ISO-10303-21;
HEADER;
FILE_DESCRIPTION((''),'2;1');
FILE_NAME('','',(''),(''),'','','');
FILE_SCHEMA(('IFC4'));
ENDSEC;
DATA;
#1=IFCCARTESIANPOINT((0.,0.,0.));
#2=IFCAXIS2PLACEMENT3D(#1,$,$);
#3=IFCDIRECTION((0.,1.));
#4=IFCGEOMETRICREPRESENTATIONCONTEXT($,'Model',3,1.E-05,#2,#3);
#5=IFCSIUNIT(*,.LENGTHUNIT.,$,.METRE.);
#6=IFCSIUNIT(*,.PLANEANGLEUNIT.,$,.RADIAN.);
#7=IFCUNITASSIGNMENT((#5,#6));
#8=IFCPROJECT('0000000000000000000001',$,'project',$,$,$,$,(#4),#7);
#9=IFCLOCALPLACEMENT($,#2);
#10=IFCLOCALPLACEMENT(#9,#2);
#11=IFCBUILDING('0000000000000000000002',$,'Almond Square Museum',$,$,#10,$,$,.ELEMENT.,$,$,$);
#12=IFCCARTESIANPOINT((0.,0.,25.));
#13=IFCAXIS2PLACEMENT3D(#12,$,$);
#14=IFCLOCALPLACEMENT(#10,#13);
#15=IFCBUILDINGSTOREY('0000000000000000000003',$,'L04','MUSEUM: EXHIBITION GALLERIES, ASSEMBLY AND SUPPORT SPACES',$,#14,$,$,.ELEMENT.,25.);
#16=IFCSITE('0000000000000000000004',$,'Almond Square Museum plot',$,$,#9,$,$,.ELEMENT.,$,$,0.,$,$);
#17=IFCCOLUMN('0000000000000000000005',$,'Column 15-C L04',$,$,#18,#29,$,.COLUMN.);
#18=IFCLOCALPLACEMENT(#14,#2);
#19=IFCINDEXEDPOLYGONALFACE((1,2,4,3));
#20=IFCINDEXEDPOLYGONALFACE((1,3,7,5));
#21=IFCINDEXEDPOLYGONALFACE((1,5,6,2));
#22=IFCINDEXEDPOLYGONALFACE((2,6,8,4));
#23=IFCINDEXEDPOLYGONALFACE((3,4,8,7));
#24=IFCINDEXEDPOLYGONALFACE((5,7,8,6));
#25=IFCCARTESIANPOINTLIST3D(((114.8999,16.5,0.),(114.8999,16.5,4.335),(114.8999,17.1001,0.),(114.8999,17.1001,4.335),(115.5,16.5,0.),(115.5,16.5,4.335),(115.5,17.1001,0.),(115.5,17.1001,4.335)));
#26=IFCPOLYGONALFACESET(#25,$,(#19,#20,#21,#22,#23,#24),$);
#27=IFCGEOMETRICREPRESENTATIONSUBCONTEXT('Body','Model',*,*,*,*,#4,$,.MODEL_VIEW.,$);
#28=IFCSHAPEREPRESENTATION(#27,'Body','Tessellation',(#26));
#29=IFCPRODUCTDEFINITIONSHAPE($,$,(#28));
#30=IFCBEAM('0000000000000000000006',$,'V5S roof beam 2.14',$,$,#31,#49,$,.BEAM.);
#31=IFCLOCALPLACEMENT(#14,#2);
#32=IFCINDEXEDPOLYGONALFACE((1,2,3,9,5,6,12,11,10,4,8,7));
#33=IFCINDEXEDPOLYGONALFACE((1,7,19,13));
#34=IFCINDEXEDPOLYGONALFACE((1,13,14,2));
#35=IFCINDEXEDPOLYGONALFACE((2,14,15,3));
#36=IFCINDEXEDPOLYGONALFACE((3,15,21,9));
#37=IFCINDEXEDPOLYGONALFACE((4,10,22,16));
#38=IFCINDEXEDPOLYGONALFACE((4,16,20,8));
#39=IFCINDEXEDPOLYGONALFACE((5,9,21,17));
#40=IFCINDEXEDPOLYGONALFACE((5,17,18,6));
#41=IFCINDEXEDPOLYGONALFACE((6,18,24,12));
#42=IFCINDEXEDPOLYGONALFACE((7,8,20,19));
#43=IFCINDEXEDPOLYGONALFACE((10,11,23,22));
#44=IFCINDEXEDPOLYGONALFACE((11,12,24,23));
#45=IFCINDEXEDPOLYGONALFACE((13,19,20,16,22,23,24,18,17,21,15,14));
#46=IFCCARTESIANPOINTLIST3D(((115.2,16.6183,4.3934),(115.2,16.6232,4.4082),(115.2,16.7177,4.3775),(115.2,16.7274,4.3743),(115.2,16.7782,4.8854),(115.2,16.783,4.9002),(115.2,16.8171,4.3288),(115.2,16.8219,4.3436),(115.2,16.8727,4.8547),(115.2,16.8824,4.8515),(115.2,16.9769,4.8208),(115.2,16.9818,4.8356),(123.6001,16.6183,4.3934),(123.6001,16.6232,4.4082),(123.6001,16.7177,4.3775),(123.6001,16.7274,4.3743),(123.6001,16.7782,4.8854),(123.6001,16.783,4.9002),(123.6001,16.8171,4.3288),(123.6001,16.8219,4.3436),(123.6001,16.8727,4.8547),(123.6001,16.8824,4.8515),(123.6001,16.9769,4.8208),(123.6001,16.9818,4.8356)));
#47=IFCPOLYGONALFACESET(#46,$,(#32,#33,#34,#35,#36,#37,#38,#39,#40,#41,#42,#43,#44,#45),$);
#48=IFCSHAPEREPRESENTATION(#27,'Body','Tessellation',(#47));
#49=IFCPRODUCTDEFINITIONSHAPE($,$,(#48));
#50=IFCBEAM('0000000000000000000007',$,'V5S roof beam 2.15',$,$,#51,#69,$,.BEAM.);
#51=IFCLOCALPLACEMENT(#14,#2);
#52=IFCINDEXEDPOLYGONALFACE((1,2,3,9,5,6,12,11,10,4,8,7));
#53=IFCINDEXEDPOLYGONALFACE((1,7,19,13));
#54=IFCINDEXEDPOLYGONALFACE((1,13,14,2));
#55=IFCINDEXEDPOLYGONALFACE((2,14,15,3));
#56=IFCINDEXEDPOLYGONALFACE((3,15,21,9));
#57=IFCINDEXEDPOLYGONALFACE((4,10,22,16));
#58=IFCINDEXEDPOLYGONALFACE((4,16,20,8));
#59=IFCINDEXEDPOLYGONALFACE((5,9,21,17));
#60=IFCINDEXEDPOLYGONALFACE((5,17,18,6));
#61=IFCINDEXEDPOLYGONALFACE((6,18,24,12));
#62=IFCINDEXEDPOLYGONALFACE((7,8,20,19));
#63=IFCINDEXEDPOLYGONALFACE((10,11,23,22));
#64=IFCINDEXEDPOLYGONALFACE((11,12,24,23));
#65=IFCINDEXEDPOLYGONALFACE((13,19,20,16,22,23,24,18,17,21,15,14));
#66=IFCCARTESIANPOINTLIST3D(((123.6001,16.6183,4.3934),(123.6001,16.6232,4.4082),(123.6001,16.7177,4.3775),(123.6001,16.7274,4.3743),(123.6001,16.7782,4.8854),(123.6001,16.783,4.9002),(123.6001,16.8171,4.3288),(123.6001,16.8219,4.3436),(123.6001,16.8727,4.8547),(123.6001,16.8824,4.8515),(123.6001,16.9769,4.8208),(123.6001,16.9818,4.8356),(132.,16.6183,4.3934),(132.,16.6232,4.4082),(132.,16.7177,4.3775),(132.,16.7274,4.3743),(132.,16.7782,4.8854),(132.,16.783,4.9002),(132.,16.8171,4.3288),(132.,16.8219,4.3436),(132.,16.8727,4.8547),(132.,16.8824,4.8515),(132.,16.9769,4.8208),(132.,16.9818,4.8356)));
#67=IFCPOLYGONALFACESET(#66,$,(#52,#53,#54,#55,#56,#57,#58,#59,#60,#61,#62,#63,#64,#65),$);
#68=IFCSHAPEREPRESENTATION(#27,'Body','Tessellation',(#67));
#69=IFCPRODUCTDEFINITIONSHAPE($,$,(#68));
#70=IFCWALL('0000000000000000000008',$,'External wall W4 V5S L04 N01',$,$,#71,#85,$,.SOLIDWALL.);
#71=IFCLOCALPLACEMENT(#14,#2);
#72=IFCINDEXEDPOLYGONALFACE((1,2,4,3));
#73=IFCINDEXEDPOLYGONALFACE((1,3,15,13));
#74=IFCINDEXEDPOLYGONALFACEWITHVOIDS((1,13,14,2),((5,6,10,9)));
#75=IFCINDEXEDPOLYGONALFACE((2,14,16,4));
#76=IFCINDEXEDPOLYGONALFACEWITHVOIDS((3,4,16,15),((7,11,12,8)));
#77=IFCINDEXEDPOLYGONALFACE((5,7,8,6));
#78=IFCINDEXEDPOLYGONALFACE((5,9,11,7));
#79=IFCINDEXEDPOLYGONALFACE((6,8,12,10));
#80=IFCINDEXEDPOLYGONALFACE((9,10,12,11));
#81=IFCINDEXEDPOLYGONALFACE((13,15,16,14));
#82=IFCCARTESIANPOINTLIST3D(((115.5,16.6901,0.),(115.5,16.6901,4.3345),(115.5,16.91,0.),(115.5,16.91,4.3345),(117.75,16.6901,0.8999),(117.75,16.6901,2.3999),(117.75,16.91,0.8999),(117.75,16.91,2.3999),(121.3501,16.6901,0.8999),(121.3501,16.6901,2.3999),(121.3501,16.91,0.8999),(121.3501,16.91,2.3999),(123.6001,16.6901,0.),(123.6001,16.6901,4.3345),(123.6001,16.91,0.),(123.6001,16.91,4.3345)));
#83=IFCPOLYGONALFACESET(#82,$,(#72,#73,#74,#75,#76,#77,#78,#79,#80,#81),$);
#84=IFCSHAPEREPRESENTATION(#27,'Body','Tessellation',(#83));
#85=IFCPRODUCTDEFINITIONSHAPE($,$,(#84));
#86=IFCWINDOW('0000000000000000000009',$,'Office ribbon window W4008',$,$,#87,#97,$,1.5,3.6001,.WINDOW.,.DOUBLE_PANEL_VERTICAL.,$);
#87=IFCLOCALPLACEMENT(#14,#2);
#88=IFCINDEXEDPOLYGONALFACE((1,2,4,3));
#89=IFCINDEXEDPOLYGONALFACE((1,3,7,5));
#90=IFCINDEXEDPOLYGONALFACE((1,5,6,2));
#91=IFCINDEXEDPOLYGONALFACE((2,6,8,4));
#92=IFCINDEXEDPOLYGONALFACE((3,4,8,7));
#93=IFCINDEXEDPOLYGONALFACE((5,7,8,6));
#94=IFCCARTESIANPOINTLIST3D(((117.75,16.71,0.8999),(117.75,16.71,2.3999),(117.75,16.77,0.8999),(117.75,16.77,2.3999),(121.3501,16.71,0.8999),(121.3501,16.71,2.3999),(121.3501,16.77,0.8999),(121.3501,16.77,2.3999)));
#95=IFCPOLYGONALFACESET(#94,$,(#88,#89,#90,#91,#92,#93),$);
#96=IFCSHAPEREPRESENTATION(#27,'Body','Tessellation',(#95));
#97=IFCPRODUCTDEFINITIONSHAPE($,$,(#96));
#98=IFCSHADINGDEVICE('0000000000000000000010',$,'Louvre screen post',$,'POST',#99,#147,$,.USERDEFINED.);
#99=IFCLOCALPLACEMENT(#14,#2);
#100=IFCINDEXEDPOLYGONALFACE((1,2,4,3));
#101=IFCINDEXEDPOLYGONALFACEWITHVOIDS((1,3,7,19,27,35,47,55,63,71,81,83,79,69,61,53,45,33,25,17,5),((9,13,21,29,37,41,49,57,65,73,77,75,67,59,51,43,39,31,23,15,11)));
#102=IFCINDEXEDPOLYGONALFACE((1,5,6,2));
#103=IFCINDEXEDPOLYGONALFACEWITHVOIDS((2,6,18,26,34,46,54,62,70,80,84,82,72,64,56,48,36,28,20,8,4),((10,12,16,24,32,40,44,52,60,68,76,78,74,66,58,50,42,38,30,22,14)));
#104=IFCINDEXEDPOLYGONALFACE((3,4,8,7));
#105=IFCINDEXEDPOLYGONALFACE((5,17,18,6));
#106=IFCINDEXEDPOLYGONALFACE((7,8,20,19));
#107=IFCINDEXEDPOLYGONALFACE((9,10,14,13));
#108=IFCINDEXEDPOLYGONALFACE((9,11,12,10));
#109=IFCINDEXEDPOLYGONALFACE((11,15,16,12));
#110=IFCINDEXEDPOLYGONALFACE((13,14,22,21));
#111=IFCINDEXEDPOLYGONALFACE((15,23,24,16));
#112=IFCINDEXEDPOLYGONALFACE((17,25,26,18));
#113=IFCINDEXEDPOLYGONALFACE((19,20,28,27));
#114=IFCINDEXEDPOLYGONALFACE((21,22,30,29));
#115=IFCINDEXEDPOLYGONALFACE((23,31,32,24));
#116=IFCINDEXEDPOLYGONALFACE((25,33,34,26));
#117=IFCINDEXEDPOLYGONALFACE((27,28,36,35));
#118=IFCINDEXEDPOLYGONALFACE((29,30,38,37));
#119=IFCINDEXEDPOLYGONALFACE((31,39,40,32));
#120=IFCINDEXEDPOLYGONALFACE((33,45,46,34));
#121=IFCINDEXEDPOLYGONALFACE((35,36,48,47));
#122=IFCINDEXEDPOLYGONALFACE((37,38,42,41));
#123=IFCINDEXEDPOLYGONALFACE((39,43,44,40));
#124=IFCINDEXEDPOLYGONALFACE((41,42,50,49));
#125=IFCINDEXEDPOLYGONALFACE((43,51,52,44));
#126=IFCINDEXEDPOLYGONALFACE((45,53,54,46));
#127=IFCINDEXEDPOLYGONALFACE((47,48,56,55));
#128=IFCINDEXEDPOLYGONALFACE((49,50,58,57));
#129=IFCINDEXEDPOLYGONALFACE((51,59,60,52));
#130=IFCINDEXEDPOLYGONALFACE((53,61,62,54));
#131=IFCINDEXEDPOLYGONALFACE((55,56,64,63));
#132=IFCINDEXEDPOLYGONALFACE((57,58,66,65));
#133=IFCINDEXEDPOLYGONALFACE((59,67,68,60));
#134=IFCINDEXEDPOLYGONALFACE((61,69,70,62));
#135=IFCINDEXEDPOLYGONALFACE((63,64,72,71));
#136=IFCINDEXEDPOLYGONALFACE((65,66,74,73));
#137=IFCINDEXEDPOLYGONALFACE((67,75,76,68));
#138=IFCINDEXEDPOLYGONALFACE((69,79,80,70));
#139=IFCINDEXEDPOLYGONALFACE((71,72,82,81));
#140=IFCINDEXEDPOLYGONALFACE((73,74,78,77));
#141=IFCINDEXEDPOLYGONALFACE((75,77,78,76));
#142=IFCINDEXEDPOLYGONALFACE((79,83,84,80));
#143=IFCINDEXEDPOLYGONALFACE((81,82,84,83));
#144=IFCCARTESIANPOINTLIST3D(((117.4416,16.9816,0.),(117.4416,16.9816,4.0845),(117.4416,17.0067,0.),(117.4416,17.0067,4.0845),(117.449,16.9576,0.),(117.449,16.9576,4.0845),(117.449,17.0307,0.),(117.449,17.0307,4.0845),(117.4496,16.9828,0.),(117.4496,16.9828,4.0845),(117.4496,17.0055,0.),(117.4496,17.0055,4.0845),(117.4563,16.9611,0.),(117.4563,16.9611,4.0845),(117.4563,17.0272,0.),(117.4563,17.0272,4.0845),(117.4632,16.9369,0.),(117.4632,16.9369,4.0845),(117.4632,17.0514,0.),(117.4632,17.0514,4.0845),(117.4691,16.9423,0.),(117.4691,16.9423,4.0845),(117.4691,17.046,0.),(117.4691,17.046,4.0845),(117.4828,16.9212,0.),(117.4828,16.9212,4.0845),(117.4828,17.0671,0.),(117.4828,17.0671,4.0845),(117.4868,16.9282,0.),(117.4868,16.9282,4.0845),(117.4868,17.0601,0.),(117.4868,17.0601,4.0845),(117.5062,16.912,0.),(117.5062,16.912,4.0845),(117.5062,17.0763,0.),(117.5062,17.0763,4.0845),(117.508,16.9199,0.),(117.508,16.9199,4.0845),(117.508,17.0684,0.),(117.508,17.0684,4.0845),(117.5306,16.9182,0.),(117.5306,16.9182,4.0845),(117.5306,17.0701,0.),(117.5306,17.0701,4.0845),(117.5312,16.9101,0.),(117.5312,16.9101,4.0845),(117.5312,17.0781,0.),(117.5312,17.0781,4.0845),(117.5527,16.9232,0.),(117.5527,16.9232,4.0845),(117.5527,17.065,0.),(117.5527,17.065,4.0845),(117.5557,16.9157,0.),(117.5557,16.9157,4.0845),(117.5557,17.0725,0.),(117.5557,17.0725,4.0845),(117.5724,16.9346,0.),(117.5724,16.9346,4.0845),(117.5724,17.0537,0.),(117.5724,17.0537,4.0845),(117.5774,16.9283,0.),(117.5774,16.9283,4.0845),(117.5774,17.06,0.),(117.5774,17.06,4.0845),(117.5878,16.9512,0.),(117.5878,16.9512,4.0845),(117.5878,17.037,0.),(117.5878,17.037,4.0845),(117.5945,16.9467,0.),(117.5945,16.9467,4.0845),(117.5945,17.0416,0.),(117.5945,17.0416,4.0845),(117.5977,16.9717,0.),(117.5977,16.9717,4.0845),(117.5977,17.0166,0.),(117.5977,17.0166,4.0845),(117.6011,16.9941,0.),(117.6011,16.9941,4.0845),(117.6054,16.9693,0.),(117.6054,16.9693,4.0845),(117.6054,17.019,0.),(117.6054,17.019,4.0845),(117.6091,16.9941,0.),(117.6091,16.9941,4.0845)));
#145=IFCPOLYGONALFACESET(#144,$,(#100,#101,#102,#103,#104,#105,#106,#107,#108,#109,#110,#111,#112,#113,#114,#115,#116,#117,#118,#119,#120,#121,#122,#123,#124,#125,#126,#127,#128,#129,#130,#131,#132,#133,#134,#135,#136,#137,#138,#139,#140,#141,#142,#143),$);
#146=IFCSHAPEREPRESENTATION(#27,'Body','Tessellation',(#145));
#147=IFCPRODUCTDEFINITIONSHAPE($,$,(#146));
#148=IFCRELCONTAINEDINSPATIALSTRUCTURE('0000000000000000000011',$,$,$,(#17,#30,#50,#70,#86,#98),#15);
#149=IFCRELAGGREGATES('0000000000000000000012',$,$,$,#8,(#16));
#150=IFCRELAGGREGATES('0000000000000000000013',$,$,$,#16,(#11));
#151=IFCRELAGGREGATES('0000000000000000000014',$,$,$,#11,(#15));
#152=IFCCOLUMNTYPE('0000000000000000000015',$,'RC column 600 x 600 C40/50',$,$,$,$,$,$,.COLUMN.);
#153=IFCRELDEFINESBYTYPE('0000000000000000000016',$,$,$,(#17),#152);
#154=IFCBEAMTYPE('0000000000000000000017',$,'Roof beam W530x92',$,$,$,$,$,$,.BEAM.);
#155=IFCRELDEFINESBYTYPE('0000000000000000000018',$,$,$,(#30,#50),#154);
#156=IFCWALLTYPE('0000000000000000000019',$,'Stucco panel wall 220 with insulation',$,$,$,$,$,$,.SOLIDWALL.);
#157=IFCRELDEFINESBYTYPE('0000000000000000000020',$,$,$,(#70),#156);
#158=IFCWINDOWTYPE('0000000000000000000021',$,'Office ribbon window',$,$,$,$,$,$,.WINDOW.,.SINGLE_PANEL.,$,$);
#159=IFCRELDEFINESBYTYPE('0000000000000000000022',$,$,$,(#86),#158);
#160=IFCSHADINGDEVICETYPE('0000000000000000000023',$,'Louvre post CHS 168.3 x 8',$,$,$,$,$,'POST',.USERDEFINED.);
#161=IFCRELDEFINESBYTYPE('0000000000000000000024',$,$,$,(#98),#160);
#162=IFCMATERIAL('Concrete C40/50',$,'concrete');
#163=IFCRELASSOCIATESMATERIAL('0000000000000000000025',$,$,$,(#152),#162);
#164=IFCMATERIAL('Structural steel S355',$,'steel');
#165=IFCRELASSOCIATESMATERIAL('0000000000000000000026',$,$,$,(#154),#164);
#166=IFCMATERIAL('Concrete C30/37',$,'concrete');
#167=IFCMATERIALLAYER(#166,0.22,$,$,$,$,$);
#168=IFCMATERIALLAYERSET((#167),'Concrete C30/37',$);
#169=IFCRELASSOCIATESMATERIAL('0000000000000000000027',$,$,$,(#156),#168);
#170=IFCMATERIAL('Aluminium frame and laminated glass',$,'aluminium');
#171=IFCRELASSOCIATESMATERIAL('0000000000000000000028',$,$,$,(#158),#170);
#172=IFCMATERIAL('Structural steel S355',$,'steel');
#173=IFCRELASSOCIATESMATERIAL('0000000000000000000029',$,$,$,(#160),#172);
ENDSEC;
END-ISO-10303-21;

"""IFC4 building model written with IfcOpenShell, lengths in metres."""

from ifc_helpers import new_model, si_unit, direction, frame, frame_2d, origin, origin_2d, place, context, subcontext, project, spatial, rectangle, hollow_circle, i_section, extrude, material, layer, layer_set, material_profile, profile_set, type_object, element, fill, save


model = new_model("IFC4")

# Units and contexts
model_context = context("Model", 3, precision=1e-05, world=origin(), true_north=direction((0.0, 1.0)))
body_context = subcontext(model_context, "Body", "Model", "MODEL_VIEW")
ifc_project = project(units=[si_unit("LENGTHUNIT", "METRE"), si_unit("PLANEANGLEUNIT", "RADIAN")], contexts=[model_context])

# Site, building, storey
site_placement = place(None, origin())
site = spatial("IfcSite", under=ifc_project, at=site_placement, Name="Almond Square Museum plot", CompositionType="ELEMENT", RefElevation=0.0)
building_placement = place(site_placement, origin())
building = spatial("IfcBuilding", under=site, at=building_placement, Name="Almond Square Museum", CompositionType="ELEMENT")
storey_placement = place(building_placement, frame((0.0, 0.0, 25.0)))
storey = spatial("IfcBuildingStorey", under=building, at=storey_placement, Name="L04", Description="MUSEUM: EXHIBITION GALLERIES, ASSEMBLY AND SUPPORT SPACES", CompositionType="ELEMENT", Elevation=25.0)

# Column
ifc_material_1 = material(Name="Concrete C40/50", Category="concrete")
ifc_material_profile_1 = material_profile(ifc_material_1, rectangle(XDim=0.6001, YDim=0.6001, at=origin_2d()))
ifc_profile_set_1 = profile_set([ifc_material_profile_1], Name="Concrete C40/50")
column_type = type_object("IfcColumnType", Name="RC column 600 x 600 C40/50", PredefinedType="COLUMN", material=ifc_profile_set_1)
column_placement = place(storey_placement, frame((115.2, 16.8, 0.0), z_axis=(0.0, 0.0, 1.0), x_axis=(1.0, 0.0, 0.0)))
element("IfcColumn", 1, at=column_placement, inside=storey, type_object=column_type, Name="Column 15-C L04", PredefinedType="COLUMN", context=body_context, shape_type="SweptSolid", body=[
    extrude(rectangle(XDim=0.6001, YDim=0.6001, at=origin_2d()), origin(), (0.0, 0.0, 1.0), 4.335),
])

# Beams
ifc_material_2 = material(Name="Structural steel S355", Category="steel")
ifc_material_profile_2 = material_profile(ifc_material_2, i_section(OverallWidth=0.209, OverallDepth=0.533, WebThickness=0.0103, FlangeThickness=0.0156, at=origin_2d()))
ifc_profile_set_2 = profile_set([ifc_material_profile_2], Name="Structural steel S355")
beam_type = type_object("IfcBeamType", Name="Roof beam W530x92", PredefinedType="BEAM", material=ifc_profile_set_2)
beam_1_placement = place(storey_placement, frame((115.2, 16.8, 4.6145), z_axis=(1.0, 0.0, 0.0), x_axis=(0.0, 0.951057, -0.309017)))
element("IfcBeam", 2, at=beam_1_placement, inside=storey, type_object=beam_type, Name="V5S roof beam 2.14", PredefinedType="BEAM", context=body_context, shape_type="SweptSolid", body=[
    extrude(i_section(OverallWidth=0.209, OverallDepth=0.533, WebThickness=0.0103, FlangeThickness=0.0156, at=origin_2d()), origin(), (0.0, 0.0, 1.0), 8.4001),
])
beam_2_placement = place(storey_placement, frame((123.6001, 16.8, 4.6145), z_axis=(1.0, 0.0, 0.0), x_axis=(0.0, 0.951057, -0.309017)))
element("IfcBeam", 3, at=beam_2_placement, inside=storey, type_object=beam_type, Name="V5S roof beam 2.15", PredefinedType="BEAM", context=body_context, shape_type="SweptSolid", body=[
    extrude(i_section(OverallWidth=0.209, OverallDepth=0.533, WebThickness=0.0103, FlangeThickness=0.0156, at=origin_2d()), origin(), (0.0, 0.0, 1.0), 8.3999),
])

# Wall, opening, window
ifc_material_3 = material(Name="Concrete C30/37", Category="concrete")
ifc_layer_1 = layer(ifc_material_3, 0.22)
ifc_layer_set_1 = layer_set([ifc_layer_1], Name="Concrete C30/37")
wall_type = type_object("IfcWallType", Name="Stucco panel wall 220 with insulation", PredefinedType="SOLIDWALL", material=ifc_layer_set_1)
wall_placement = place(storey_placement, frame((115.5, 16.8, 0.0), z_axis=(0.0, 0.0, 1.0), x_axis=(1.0, 0.0, 0.0)))
wall = element("IfcWall", 4, at=wall_placement, inside=storey, type_object=wall_type, Name="External wall W4 V5S L04 N01", PredefinedType="SOLIDWALL", context=body_context, shape_type="SweptSolid", body=[
    extrude(rectangle(XDim=8.1001, YDim=0.22, at=frame_2d((4.05, 0.0))), origin(), (0.0, 0.0, 1.0), 4.3345),
])
opening_placement = place(wall_placement, frame((2.25, 0.0, 0.8999)))
opening = element("IfcOpeningElement", 5, at=opening_placement, cuts=wall, PredefinedType="OPENING", context=body_context, shape_type="SweptSolid", body=[
    extrude(rectangle(XDim=3.6001, YDim=1.5, at=frame_2d((1.8, 0.75))), frame((0.0, 0.1199, 0.0), z_axis=(0.0, -1.0, 0.0), x_axis=(1.0, 0.0, 0.0)), (0.0, 0.0, 1.0), 0.24),
])
ifc_material_4 = material(Name="Aluminium frame and laminated glass", Category="aluminium")
window_type = type_object("IfcWindowType", Name="Office ribbon window", PartitioningType="SINGLE_PANEL", PredefinedType="WINDOW", material=ifc_material_4)
window_placement = place(opening_placement, origin())
window = element("IfcWindow", 6, at=window_placement, inside=storey, type_object=window_type, Name="Office ribbon window W4008", OverallHeight=1.5, OverallWidth=3.6001, PartitioningType="DOUBLE_PANEL_VERTICAL", PredefinedType="WINDOW", context=body_context, shape_type="SweptSolid", body=[
    extrude(rectangle(XDim=3.6001, YDim=1.5, at=frame_2d((1.8, 0.75))), frame((0.0, -0.03, 0.0), z_axis=(0.0, -1.0, 0.0), x_axis=(1.0, 0.0, 0.0)), (0.0, 0.0, 1.0), 0.0601),
])
fill(opening, window)

# Shading device
ifc_material_5 = material(Name="Structural steel S355", Category="steel")
ifc_material_profile_3 = material_profile(ifc_material_5, hollow_circle(Radius=0.0842, WallThickness=0.0081, at=origin_2d()))
ifc_profile_set_3 = profile_set([ifc_material_profile_3], Name="Structural steel S355")
shading_device_type_1 = type_object("IfcShadingDeviceType", Name="Louvre post CHS 168.3 x 8", ElementType="POST", PredefinedType="USERDEFINED", material=ifc_profile_set_3)
for number, where, z_axis, x_axis, name in (
    (7, (117.5249, 16.9941, 0.0), (0.0, 0.0, 1.0), (1.0, 0.0, 0.0), "Louvre screen post"),
):
    element("IfcShadingDevice", number, at=place(storey_placement, frame(where, z_axis=z_axis, x_axis=x_axis)), inside=storey, type_object=shading_device_type_1, Name=name, ObjectType="POST", PredefinedType="USERDEFINED", context=body_context, shape_type="SweptSolid", body=[
        extrude(hollow_circle(Radius=0.0842, WallThickness=0.0081, at=origin_2d()), origin(), (0.0, 0.0, 1.0), 4.0845),
    ])

save(model, "model.ifc")
